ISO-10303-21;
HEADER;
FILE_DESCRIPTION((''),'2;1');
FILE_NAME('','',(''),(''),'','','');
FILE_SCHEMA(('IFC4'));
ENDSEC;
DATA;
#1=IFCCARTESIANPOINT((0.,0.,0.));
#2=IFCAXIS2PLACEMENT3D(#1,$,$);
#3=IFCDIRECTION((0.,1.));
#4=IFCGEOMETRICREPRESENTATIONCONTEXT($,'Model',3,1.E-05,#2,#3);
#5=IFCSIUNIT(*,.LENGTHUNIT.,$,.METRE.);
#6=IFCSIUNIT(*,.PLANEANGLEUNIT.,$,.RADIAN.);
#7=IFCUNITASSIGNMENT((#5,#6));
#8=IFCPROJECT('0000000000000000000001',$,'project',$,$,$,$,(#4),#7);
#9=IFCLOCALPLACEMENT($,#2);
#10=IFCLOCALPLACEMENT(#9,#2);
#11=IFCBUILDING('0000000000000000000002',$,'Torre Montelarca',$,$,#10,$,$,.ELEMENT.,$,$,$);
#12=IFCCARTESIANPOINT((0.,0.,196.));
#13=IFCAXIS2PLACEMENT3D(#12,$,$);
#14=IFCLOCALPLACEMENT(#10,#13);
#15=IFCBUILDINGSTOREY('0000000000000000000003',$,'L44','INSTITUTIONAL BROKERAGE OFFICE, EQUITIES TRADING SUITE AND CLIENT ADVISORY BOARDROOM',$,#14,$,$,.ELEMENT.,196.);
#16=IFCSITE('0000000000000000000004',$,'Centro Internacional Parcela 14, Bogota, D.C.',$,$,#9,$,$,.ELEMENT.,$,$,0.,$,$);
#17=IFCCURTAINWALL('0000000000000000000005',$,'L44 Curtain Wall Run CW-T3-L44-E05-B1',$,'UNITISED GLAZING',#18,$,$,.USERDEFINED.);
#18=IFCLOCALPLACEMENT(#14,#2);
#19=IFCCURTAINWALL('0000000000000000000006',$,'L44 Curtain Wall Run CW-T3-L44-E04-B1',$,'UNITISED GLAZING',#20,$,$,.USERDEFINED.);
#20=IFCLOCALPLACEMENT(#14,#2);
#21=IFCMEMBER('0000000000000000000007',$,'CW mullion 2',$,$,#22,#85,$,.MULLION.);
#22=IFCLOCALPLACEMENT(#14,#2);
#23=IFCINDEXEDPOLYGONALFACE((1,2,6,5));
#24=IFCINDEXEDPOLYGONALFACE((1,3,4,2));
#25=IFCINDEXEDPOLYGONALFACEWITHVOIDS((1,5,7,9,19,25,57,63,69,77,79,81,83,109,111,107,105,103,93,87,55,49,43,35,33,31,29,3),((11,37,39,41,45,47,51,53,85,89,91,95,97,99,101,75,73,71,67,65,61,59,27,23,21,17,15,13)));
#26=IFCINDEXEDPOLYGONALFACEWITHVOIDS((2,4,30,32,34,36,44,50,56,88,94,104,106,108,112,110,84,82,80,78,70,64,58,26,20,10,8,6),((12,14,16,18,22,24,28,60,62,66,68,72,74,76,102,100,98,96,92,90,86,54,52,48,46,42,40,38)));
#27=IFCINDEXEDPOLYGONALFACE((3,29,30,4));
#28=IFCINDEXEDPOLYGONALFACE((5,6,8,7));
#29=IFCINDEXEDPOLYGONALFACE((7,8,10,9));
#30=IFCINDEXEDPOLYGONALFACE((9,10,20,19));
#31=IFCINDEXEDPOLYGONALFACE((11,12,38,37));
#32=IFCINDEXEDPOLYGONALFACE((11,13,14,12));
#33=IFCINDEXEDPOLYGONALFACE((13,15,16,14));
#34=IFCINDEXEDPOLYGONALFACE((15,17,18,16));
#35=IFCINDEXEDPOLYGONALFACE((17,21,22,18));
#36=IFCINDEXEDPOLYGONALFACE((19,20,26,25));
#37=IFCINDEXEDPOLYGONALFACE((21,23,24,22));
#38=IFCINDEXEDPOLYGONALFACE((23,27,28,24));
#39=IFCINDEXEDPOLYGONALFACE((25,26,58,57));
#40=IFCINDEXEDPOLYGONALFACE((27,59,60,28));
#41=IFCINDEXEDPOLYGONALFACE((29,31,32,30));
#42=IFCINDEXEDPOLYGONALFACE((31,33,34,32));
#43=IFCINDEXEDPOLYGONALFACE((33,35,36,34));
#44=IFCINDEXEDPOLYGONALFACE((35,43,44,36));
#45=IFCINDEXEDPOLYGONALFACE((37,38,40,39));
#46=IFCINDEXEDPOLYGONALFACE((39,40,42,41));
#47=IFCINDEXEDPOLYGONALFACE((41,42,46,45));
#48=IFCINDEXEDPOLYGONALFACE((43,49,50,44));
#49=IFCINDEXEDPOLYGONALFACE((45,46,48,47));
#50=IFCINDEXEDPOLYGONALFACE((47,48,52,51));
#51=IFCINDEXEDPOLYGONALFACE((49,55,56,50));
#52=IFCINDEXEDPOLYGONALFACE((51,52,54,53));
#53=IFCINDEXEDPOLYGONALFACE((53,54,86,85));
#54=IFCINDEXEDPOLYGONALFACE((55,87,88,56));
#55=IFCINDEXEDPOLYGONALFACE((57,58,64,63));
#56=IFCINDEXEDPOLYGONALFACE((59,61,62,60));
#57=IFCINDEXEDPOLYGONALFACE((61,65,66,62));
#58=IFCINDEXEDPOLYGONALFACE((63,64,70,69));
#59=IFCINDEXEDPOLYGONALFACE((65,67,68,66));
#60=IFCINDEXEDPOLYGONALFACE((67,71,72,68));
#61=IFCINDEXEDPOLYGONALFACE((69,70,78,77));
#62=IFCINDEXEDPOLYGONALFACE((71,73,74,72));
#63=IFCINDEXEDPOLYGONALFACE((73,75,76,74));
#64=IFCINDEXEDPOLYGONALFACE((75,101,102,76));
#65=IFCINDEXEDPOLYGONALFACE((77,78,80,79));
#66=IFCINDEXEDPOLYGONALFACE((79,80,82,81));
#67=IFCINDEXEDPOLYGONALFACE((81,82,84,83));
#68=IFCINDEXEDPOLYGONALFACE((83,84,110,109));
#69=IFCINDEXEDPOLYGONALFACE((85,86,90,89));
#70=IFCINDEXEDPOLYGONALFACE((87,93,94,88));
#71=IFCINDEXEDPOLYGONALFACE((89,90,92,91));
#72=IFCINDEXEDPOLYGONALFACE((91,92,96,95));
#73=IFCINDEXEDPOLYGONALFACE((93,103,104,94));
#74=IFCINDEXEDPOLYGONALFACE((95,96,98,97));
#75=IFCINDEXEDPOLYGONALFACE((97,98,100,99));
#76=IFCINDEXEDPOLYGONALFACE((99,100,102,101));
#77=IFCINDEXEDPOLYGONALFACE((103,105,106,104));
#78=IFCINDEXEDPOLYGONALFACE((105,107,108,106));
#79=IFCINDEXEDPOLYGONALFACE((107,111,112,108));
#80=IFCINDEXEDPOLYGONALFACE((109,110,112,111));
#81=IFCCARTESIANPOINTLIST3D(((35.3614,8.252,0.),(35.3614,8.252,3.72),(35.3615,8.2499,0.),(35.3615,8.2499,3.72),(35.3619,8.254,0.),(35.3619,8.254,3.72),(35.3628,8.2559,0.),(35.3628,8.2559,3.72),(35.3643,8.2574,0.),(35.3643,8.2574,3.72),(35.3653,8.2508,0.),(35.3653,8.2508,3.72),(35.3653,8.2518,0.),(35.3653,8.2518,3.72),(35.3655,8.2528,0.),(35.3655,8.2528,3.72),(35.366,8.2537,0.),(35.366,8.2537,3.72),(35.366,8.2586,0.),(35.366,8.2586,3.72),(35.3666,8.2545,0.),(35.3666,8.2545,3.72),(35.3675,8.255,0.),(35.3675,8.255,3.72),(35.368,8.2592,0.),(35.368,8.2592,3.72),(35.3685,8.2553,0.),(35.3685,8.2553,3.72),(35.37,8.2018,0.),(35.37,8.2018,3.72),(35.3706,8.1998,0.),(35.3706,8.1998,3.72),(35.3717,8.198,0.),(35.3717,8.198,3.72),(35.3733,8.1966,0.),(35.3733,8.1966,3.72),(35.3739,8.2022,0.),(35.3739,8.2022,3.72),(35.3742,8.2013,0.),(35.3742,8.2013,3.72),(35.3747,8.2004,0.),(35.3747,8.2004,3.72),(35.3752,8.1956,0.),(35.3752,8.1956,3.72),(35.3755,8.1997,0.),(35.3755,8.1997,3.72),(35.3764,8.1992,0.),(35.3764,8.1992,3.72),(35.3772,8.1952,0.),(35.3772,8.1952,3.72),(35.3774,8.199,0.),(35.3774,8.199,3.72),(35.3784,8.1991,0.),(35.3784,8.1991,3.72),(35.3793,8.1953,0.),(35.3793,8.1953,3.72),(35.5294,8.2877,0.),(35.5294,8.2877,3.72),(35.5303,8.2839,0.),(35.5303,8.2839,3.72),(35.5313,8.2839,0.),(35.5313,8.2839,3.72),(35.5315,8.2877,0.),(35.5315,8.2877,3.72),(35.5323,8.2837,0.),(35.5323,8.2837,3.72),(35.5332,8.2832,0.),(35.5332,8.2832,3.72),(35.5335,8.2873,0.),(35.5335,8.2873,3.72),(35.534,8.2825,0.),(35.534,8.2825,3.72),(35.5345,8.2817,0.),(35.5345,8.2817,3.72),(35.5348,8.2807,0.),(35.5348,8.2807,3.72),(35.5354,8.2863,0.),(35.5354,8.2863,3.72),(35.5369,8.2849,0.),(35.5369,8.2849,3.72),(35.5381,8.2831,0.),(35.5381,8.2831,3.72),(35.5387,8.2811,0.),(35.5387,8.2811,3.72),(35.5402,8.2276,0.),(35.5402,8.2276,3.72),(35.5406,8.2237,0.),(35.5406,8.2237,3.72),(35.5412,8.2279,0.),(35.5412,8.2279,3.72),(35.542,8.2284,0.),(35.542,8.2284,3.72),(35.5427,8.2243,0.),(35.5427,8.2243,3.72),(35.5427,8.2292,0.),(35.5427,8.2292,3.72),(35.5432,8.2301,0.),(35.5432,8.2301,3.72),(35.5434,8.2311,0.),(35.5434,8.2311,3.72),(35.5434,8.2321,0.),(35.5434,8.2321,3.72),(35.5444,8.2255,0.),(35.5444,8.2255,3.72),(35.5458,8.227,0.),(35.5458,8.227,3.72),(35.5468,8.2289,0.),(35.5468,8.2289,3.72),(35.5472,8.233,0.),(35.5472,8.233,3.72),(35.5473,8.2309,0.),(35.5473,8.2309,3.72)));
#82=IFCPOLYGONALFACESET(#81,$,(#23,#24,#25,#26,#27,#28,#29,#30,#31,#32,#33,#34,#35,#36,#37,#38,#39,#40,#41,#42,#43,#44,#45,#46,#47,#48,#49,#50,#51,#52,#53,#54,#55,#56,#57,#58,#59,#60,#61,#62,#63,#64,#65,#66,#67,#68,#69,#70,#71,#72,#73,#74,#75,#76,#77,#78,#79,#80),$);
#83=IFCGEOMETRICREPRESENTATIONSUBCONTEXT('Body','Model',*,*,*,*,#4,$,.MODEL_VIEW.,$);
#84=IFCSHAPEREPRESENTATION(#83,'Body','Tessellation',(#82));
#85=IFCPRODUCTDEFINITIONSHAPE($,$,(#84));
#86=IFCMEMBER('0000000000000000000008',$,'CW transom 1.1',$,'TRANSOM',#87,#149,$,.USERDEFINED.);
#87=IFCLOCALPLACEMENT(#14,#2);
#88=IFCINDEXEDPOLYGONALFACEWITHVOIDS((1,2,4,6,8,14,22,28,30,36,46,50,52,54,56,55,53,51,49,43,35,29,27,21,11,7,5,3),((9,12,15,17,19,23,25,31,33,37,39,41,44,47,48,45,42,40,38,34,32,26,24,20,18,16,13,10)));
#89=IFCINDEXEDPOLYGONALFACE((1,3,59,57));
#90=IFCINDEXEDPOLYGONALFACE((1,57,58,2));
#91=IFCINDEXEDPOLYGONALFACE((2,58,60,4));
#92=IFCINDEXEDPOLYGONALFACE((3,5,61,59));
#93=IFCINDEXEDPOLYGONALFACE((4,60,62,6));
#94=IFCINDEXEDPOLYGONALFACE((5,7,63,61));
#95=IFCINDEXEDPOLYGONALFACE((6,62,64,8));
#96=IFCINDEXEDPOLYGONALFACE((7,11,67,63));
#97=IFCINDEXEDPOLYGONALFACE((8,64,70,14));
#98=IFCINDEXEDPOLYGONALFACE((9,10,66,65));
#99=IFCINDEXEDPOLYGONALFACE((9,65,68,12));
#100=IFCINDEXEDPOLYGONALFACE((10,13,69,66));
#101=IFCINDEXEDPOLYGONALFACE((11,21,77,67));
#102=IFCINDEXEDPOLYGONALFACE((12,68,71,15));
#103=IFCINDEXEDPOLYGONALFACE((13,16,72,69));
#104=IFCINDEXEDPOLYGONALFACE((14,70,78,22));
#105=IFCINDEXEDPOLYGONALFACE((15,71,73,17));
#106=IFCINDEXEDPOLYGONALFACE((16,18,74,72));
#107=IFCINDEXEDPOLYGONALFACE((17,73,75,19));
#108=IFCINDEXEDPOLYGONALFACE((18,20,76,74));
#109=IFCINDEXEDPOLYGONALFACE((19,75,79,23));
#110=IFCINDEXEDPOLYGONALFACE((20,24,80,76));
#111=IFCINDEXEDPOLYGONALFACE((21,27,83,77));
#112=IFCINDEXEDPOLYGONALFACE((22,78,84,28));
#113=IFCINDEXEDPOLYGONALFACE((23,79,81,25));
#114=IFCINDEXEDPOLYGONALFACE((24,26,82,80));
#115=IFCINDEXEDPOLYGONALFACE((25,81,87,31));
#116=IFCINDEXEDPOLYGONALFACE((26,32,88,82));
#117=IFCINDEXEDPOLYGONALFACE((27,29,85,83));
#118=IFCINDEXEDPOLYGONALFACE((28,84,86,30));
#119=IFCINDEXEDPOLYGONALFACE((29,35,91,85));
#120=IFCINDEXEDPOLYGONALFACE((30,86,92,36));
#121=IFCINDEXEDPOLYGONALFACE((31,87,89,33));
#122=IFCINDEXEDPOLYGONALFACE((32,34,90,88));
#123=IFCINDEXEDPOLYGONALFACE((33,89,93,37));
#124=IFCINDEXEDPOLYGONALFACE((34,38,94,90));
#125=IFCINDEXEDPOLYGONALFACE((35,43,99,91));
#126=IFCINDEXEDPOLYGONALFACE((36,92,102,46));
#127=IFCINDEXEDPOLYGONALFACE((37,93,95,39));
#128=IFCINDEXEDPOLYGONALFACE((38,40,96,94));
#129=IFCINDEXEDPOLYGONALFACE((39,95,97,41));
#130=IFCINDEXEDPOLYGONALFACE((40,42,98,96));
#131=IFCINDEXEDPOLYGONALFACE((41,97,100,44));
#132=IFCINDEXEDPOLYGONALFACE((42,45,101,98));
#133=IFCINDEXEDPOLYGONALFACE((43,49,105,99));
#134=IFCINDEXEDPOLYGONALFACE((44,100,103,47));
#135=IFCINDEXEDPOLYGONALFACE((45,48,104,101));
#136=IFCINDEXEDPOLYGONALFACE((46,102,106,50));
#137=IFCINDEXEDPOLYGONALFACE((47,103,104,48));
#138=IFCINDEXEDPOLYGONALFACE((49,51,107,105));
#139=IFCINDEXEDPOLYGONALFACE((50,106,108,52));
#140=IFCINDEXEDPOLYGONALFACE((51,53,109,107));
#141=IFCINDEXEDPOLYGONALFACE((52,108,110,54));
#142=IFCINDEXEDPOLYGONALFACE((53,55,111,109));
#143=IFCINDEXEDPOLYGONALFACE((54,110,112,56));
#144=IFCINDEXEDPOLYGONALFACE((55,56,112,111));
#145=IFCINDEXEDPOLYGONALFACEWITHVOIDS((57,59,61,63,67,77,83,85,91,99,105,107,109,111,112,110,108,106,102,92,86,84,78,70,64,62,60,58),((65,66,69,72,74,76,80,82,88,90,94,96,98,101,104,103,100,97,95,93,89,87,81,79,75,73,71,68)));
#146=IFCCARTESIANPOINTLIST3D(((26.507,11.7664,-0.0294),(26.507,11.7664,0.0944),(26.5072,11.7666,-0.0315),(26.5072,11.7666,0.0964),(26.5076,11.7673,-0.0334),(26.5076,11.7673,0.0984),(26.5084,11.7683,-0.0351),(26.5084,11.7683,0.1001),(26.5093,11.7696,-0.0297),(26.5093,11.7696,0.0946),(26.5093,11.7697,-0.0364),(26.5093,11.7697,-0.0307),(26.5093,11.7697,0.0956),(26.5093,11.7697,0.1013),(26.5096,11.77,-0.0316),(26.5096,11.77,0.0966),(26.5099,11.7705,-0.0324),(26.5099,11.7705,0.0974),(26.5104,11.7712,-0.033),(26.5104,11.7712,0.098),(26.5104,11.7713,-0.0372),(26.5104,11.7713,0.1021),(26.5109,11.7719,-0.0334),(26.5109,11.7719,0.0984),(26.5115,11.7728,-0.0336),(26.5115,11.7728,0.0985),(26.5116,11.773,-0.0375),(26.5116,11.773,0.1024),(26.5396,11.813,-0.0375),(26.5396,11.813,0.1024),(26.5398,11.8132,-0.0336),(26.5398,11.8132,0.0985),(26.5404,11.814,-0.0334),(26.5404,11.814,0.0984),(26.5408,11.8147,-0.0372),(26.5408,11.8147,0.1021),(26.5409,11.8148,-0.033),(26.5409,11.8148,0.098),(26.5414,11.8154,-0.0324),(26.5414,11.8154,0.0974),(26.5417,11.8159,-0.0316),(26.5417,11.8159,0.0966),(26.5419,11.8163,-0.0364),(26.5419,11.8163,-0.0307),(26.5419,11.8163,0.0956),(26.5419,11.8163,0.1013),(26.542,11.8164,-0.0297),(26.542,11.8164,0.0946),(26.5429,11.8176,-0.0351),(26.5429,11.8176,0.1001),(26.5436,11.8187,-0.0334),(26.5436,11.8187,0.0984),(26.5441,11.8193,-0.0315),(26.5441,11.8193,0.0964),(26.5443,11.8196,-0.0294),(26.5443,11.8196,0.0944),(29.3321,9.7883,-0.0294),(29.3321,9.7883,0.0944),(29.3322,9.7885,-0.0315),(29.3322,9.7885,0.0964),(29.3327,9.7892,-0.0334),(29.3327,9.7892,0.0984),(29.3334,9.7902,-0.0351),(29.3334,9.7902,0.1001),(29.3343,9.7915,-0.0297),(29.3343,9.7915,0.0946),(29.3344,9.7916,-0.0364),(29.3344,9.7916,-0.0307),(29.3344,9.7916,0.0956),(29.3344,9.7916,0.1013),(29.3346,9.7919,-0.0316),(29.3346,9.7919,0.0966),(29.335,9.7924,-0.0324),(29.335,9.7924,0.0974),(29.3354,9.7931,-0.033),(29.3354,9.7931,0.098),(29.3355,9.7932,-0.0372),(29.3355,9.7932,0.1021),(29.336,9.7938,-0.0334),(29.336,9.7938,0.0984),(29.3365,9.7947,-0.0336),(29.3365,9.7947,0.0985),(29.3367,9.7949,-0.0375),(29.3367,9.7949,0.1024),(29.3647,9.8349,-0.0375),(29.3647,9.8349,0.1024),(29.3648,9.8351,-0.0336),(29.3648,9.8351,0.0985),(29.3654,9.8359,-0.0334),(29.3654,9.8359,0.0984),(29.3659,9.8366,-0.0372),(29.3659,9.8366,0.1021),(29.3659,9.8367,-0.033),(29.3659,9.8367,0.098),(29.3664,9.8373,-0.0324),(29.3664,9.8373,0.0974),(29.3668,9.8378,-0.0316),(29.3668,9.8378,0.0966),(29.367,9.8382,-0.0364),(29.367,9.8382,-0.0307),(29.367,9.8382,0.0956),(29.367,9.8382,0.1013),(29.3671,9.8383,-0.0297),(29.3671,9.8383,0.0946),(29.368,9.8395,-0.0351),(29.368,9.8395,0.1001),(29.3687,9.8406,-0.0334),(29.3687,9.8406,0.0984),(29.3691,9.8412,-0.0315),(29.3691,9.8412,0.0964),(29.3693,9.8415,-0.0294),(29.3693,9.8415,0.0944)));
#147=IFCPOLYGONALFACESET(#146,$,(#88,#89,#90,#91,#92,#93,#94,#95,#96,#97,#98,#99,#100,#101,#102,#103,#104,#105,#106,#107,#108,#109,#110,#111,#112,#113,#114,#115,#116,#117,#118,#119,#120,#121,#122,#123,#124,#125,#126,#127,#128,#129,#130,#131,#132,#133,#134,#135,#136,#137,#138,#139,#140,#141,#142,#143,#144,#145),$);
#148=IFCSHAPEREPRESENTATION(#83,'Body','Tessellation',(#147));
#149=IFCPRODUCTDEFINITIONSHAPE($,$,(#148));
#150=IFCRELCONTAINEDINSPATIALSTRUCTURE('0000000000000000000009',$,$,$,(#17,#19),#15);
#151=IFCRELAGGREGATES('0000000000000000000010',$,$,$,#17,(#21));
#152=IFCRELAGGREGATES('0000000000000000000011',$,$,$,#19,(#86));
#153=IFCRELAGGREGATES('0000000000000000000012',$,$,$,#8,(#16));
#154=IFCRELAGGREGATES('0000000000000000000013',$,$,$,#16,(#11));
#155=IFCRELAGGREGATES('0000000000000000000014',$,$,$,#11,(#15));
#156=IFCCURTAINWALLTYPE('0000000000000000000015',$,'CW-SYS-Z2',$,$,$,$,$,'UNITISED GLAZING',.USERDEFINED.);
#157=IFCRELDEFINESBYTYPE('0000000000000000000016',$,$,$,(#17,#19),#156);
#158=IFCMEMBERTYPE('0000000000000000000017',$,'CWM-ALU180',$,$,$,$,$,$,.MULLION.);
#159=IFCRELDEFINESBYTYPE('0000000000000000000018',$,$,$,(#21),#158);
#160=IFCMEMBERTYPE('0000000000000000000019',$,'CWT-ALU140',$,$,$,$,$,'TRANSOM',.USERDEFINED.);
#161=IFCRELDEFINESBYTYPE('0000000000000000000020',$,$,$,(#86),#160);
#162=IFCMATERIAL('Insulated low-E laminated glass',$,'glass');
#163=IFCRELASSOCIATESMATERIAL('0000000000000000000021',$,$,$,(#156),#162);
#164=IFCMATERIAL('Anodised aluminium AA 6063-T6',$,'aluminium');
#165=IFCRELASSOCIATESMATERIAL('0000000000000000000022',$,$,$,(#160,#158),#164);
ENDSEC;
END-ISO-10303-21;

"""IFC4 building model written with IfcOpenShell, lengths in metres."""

from ifc_helpers import new_model, si_unit, direction, frame, origin, origin_2d, place, context, subcontext, project, spatial, hollow_rectangle, extrude, source, transform, mapped, material, material_profile, profile_set, type_object, element, aggregate, save


model = new_model("IFC4")

# Units and contexts
model_context = context("Model", 3, precision=1e-05, world=origin(), true_north=direction((0.0, 1.0)))
body_context = subcontext(model_context, "Body", "Model", "MODEL_VIEW")
ifc_project = project(units=[si_unit("LENGTHUNIT", "METRE"), si_unit("PLANEANGLEUNIT", "RADIAN")], contexts=[model_context])

# Site, building, storey
site_placement = place(None, origin())
site = spatial("IfcSite", under=ifc_project, at=site_placement, Name="Centro Internacional Parcela 14, Bogota, D.C.", CompositionType="ELEMENT", RefElevation=0.0)
building_placement = place(site_placement, origin())
building = spatial("IfcBuilding", under=site, at=building_placement, Name="Torre Montelarca", CompositionType="ELEMENT")
storey_placement = place(building_placement, frame((0.0, 0.0, 196.0)))
storey = spatial("IfcBuildingStorey", under=building, at=storey_placement, Name="L44", Description="INSTITUTIONAL BROKERAGE OFFICE, EQUITIES TRADING SUITE AND CLIENT ADVISORY BOARDROOM", CompositionType="ELEMENT", Elevation=196.0)

# Curtain wall
ifc_material_1 = material(Name="Insulated low-E laminated glass", Category="glass")
curtain_wall_type = type_object("IfcCurtainWallType", Name="CW-SYS-Z2", ElementType="UNITISED GLAZING", PredefinedType="USERDEFINED", material=ifc_material_1)
curtain_wall_1_placement = place(storey_placement, origin())
curtain_wall_1 = element("IfcCurtainWall", 1, at=curtain_wall_1_placement, inside=storey, type_object=curtain_wall_type, Name="L44 Curtain Wall Run CW-T3-L44-E05-B1", ObjectType="UNITISED GLAZING", PredefinedType="USERDEFINED")
ifc_material_2 = material(Name="Anodised aluminium AA 6063-T6", Category="aluminium")
ifc_material_profile_1 = material_profile(ifc_material_2, hollow_rectangle(XDim=0.0649, YDim=0.1399, WallThickness=0.0039, InnerFilletRadius=0.0039, OuterFilletRadius=0.0081, at=origin_2d()), Name="ALU65X140X4", Category="aluminium")
ifc_profile_set_1 = profile_set([ifc_material_profile_1], Name="Anodised aluminium AA 6063-T6")
member_type_1 = type_object("IfcMemberType", Name="CWT-ALU140", ElementType="TRANSOM", PredefinedType="USERDEFINED", material=ifc_profile_set_1)

# Shared definitions
ifc_material_profile_2 = material_profile(ifc_material_2, hollow_rectangle(XDim=0.0649, YDim=0.1799, WallThickness=0.0039, InnerFilletRadius=0.0039, OuterFilletRadius=0.0081, at=origin_2d()), Name="ALU65X180X4", Category="aluminium")
ifc_profile_set_2 = profile_set([ifc_material_profile_2], Name="Anodised aluminium AA 6063-T6")
member_type_2 = type_object("IfcMemberType", Name="CWM-ALU180", PredefinedType="MULLION", material=ifc_profile_set_2)
shared_shape_1 = source(origin(), body_context, "Body", "SweptSolid", [
    extrude(hollow_rectangle(XDim=0.0649, YDim=0.1799, WallThickness=0.0039, InnerFilletRadius=0.0039, OuterFilletRadius=0.0081, at=origin_2d()), origin(), (0.0, 0.0, 1.0), 3.72),
])

# Curtain wall
curtain_wall_2_placement = place(storey_placement, origin())
curtain_wall_2 = element("IfcCurtainWall", 2, at=curtain_wall_2_placement, inside=storey, type_object=curtain_wall_type, Name="L44 Curtain Wall Run CW-T3-L44-E04-B1", ObjectType="UNITISED GLAZING", PredefinedType="USERDEFINED")

# Members
member_1_placement = place(storey_placement, frame((35.4543, 8.2415, 0.0), z_axis=(0.0, 0.0, 1.0), x_axis=(-0.173634, 0.98481, 0.0)))
member_1 = element("IfcMember", 3, at=member_1_placement, type_object=member_type_2, Name="CW mullion 2", PredefinedType="MULLION", context=body_context, shape_type="MappedRepresentation", body=[
    mapped(shared_shape_1, transform((0.0, 0.0, 0.0), scale=1.0)),
])
shared_shape_2 = source(origin(), body_context, "Body", "SweptSolid", [
    extrude(hollow_rectangle(XDim=0.0649, YDim=0.1399, WallThickness=0.0039, InnerFilletRadius=0.0039, OuterFilletRadius=0.0081, at=origin_2d()), origin(), (0.0, 0.0, 1.0), 3.4487),
])
member_2_placement = place(storey_placement, frame((26.5256, 11.793, 0.0325), z_axis=(0.819155, -0.573572, 0.0), x_axis=(0.573572, 0.819155, 0.0)))
member_2 = element("IfcMember", 4, at=member_2_placement, type_object=member_type_1, Name="CW transom 1.1", ObjectType="TRANSOM", PredefinedType="USERDEFINED", context=body_context, shape_type="MappedRepresentation", body=[
    mapped(shared_shape_2, transform((0.0, 0.0, 0.0), scale=1.0)),
])

aggregate(curtain_wall_1, [member_1])
aggregate(curtain_wall_2, [member_2])

save(model, "model.ifc")
